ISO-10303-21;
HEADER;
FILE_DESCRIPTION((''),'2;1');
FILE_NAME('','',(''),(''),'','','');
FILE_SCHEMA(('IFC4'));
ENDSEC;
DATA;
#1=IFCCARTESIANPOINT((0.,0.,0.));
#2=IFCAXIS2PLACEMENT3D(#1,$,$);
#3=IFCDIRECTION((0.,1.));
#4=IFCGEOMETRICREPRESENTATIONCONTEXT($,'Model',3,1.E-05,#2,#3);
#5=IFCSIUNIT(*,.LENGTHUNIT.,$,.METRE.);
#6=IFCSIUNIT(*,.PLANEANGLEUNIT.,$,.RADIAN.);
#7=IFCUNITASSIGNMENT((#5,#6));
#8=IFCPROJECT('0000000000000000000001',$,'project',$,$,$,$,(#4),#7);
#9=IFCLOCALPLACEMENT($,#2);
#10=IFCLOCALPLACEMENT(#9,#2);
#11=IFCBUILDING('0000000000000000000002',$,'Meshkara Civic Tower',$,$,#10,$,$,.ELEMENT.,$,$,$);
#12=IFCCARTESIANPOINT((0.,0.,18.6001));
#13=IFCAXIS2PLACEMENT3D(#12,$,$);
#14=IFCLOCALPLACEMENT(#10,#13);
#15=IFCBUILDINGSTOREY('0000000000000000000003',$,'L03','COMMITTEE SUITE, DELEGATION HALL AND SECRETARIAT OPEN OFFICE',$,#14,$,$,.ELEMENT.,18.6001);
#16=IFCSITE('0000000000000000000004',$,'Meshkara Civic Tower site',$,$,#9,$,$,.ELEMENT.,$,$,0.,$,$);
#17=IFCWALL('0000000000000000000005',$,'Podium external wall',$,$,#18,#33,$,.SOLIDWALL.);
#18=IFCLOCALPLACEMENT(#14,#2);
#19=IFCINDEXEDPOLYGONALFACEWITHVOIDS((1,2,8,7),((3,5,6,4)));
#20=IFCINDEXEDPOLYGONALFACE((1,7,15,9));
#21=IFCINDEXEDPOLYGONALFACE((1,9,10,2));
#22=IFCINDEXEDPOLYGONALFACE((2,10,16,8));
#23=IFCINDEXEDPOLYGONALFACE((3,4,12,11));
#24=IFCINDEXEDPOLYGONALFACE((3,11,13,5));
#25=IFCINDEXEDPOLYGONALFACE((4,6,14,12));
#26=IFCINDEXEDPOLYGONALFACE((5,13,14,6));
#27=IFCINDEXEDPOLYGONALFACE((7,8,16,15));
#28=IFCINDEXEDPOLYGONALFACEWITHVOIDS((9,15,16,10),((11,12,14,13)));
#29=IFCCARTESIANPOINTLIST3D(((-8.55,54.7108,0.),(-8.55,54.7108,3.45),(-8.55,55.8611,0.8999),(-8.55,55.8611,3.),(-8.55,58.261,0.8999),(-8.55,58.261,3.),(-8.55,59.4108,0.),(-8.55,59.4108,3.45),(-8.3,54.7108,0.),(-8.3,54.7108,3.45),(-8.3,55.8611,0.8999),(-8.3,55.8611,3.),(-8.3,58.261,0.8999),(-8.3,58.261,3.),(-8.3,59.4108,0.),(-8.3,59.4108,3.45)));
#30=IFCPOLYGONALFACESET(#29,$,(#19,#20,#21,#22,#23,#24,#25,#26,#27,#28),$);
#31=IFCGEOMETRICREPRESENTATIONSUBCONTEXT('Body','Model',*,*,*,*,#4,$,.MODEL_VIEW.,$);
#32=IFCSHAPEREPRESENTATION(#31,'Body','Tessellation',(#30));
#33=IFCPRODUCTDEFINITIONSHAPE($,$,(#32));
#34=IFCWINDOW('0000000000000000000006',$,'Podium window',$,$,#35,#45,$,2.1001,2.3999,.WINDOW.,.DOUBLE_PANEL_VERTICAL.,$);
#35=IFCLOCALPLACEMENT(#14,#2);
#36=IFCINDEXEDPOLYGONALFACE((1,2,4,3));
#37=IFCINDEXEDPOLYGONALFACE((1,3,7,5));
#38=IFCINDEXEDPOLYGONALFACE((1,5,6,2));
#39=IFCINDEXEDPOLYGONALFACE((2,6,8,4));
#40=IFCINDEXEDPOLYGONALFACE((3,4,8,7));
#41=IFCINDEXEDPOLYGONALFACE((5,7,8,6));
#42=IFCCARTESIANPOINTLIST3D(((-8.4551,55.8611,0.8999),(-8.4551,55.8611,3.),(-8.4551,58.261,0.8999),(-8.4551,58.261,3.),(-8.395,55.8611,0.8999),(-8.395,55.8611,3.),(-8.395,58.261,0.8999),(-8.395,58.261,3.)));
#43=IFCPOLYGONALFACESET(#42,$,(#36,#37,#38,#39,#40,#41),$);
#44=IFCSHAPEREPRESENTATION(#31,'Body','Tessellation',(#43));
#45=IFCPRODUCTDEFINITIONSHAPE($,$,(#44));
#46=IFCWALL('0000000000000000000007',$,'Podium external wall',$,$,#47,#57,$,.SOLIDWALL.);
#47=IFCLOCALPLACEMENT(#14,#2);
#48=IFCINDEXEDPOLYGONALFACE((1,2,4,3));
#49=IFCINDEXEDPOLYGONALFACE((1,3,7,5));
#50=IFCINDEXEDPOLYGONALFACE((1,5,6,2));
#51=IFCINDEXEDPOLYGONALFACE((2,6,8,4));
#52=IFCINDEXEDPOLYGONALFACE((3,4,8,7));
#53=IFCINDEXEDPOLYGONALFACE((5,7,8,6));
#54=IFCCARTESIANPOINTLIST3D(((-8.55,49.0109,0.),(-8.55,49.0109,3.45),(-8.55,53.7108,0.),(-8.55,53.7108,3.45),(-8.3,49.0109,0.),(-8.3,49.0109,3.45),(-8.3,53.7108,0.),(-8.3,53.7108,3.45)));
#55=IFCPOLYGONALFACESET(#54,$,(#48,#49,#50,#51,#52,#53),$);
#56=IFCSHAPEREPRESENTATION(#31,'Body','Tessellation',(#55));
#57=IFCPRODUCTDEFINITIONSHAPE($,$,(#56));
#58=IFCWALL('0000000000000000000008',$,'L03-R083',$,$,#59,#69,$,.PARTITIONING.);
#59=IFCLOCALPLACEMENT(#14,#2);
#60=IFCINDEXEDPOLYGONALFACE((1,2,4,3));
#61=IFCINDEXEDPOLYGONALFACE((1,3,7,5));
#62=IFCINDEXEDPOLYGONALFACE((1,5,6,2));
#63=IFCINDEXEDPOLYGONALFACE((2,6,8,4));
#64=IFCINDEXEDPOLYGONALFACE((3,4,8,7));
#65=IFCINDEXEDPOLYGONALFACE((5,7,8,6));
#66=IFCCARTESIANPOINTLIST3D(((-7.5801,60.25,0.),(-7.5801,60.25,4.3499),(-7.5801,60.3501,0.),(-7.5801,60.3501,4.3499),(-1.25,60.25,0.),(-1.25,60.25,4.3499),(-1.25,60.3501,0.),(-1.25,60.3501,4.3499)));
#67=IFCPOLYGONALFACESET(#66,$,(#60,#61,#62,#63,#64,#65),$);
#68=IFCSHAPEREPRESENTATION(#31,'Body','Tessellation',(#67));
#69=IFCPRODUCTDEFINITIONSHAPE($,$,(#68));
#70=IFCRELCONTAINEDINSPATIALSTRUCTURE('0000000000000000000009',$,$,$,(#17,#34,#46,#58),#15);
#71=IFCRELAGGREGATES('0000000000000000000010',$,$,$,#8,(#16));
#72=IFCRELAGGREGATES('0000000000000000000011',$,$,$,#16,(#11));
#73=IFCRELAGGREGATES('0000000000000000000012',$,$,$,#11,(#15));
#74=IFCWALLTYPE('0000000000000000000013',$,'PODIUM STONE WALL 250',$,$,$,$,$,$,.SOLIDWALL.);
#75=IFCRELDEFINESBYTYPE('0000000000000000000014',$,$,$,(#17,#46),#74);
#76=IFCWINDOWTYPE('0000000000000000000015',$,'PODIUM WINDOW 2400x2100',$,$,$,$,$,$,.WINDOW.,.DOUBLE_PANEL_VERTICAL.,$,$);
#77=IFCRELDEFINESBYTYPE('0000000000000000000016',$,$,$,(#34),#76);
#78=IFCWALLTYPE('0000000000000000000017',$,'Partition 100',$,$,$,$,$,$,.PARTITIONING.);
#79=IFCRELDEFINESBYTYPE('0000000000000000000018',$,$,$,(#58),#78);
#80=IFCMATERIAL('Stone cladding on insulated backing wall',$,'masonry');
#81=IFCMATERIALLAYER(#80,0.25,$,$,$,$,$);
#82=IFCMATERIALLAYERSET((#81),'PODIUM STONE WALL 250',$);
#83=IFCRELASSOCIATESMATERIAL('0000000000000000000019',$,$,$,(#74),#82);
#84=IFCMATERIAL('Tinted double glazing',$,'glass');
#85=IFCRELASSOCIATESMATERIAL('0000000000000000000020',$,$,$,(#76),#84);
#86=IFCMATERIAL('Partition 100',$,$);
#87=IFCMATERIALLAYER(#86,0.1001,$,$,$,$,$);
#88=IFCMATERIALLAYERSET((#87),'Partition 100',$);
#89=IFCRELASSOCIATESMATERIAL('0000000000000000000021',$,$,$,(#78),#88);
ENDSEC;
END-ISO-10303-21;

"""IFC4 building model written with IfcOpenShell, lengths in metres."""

from ifc_helpers import new_model, si_unit, direction, frame, frame_2d, origin, place, context, subcontext, project, spatial, rectangle, extrude, material, layer, layer_set, type_object, element, fill, save


model = new_model("IFC4")

# Units and contexts
model_context = context("Model", 3, precision=1e-05, world=origin(), true_north=direction((0.0, 1.0)))
body_context = subcontext(model_context, "Body", "Model", "MODEL_VIEW")
ifc_project = project(units=[si_unit("LENGTHUNIT", "METRE"), si_unit("PLANEANGLEUNIT", "RADIAN")], contexts=[model_context])

# Site, building, storey
site_placement = place(None, origin())
site = spatial("IfcSite", under=ifc_project, at=site_placement, Name="Meshkara Civic Tower site", CompositionType="ELEMENT", RefElevation=0.0)
building_placement = place(site_placement, origin())
building = spatial("IfcBuilding", under=site, at=building_placement, Name="Meshkara Civic Tower", CompositionType="ELEMENT")
storey_placement = place(building_placement, frame((0.0, 0.0, 18.6001)))
storey = spatial("IfcBuildingStorey", under=building, at=storey_placement, Name="L03", Description="COMMITTEE SUITE, DELEGATION HALL AND SECRETARIAT OPEN OFFICE", CompositionType="ELEMENT", Elevation=18.6001)

# Shared definitions
ifc_material_1 = material(Name="Stone cladding on insulated backing wall", Category="masonry")
ifc_layer_1 = layer(ifc_material_1, 0.25)
ifc_layer_set_1 = layer_set([ifc_layer_1], Name="PODIUM STONE WALL 250")
wall_type_1 = type_object("IfcWallType", Name="PODIUM STONE WALL 250", PredefinedType="SOLIDWALL", material=ifc_layer_set_1)

# Wall, opening, window
wall_1_placement = place(storey_placement, frame((-8.425, 59.4109, 0.0), z_axis=(0.0, 0.0, 1.0), x_axis=(0.0, -1.0, 0.0)))
wall_1 = element("IfcWall", 1, at=wall_1_placement, inside=storey, type_object=wall_type_1, Name="Podium external wall", PredefinedType="SOLIDWALL", context=body_context, shape_type="SweptSolid", body=[
    extrude(rectangle(XDim=4.7, YDim=0.25, at=frame_2d((2.3501, 0.0))), origin(), (0.0, 0.0, 1.0), 3.45),
])
opening_1_placement = place(wall_1_placement, frame((1.1499, 0.0, 0.8999)))
opening_1 = element("IfcOpeningElement", 2, at=opening_1_placement, cuts=wall_1, PredefinedType="OPENING", context=body_context, shape_type="SweptSolid", body=[
    extrude(rectangle(XDim=2.3999, YDim=2.1001, at=frame_2d((1.2, 1.05))), frame((0.0, 0.135, 0.0), z_axis=(0.0, -1.0, 0.0), x_axis=(1.0, 0.0, 0.0)), (0.0, 0.0, 1.0), 0.27),
])
ifc_material_2 = material(Name="Tinted double glazing", Category="glass")
window_type = type_object("IfcWindowType", Name="PODIUM WINDOW 2400x2100", PartitioningType="DOUBLE_PANEL_VERTICAL", PredefinedType="WINDOW", material=ifc_material_2)
window_placement = place(opening_1_placement, origin())
window = element("IfcWindow", 3, at=window_placement, inside=storey, type_object=window_type, Name="Podium window", OverallHeight=2.1001, OverallWidth=2.3999, PartitioningType="DOUBLE_PANEL_VERTICAL", PredefinedType="WINDOW", context=body_context, shape_type="SweptSolid", body=[
    extrude(rectangle(XDim=2.3999, YDim=2.1001, at=frame_2d((1.2, 1.05))), frame((0.0, 0.03, 0.0), z_axis=(0.0, -1.0, 0.0), x_axis=(1.0, 0.0, 0.0)), (0.0, 0.0, 1.0), 0.0601),
])
fill(opening_1, window)

# Walls
wall_2_placement = place(storey_placement, frame((-8.425, 53.7109, 0.0), z_axis=(0.0, 0.0, 1.0), x_axis=(0.0, -1.0, 0.0)))
element("IfcWall", 4, at=wall_2_placement, inside=storey, type_object=wall_type_1, Name="Podium external wall", PredefinedType="SOLIDWALL", context=body_context, shape_type="SweptSolid", body=[
    extrude(rectangle(XDim=4.7, YDim=0.25, at=frame_2d((2.3501, 0.0))), origin(), (0.0, 0.0, 1.0), 3.45),
])
ifc_material_3 = material(Name="Partition 100")
ifc_layer_2 = layer(ifc_material_3, 0.1001)
ifc_layer_set_2 = layer_set([ifc_layer_2], Name="Partition 100")
wall_type_2 = type_object("IfcWallType", Name="Partition 100", PredefinedType="PARTITIONING", material=ifc_layer_set_2)
wall_3_placement = place(storey_placement, frame((-1.25, 60.3, 0.0), z_axis=(0.0, 0.0, 1.0), x_axis=(-1.0, 0.0, 0.0)))
element("IfcWall", 5, at=wall_3_placement, inside=storey, type_object=wall_type_2, Name="L03-R083", PredefinedType="PARTITIONING", context=body_context, shape_type="SweptSolid", body=[
    extrude(rectangle(XDim=6.3301, YDim=0.1001, at=frame_2d((3.165, 0.0))), origin(), (0.0, 0.0, 1.0), 4.3499),
])

save(model, "model.ifc")
